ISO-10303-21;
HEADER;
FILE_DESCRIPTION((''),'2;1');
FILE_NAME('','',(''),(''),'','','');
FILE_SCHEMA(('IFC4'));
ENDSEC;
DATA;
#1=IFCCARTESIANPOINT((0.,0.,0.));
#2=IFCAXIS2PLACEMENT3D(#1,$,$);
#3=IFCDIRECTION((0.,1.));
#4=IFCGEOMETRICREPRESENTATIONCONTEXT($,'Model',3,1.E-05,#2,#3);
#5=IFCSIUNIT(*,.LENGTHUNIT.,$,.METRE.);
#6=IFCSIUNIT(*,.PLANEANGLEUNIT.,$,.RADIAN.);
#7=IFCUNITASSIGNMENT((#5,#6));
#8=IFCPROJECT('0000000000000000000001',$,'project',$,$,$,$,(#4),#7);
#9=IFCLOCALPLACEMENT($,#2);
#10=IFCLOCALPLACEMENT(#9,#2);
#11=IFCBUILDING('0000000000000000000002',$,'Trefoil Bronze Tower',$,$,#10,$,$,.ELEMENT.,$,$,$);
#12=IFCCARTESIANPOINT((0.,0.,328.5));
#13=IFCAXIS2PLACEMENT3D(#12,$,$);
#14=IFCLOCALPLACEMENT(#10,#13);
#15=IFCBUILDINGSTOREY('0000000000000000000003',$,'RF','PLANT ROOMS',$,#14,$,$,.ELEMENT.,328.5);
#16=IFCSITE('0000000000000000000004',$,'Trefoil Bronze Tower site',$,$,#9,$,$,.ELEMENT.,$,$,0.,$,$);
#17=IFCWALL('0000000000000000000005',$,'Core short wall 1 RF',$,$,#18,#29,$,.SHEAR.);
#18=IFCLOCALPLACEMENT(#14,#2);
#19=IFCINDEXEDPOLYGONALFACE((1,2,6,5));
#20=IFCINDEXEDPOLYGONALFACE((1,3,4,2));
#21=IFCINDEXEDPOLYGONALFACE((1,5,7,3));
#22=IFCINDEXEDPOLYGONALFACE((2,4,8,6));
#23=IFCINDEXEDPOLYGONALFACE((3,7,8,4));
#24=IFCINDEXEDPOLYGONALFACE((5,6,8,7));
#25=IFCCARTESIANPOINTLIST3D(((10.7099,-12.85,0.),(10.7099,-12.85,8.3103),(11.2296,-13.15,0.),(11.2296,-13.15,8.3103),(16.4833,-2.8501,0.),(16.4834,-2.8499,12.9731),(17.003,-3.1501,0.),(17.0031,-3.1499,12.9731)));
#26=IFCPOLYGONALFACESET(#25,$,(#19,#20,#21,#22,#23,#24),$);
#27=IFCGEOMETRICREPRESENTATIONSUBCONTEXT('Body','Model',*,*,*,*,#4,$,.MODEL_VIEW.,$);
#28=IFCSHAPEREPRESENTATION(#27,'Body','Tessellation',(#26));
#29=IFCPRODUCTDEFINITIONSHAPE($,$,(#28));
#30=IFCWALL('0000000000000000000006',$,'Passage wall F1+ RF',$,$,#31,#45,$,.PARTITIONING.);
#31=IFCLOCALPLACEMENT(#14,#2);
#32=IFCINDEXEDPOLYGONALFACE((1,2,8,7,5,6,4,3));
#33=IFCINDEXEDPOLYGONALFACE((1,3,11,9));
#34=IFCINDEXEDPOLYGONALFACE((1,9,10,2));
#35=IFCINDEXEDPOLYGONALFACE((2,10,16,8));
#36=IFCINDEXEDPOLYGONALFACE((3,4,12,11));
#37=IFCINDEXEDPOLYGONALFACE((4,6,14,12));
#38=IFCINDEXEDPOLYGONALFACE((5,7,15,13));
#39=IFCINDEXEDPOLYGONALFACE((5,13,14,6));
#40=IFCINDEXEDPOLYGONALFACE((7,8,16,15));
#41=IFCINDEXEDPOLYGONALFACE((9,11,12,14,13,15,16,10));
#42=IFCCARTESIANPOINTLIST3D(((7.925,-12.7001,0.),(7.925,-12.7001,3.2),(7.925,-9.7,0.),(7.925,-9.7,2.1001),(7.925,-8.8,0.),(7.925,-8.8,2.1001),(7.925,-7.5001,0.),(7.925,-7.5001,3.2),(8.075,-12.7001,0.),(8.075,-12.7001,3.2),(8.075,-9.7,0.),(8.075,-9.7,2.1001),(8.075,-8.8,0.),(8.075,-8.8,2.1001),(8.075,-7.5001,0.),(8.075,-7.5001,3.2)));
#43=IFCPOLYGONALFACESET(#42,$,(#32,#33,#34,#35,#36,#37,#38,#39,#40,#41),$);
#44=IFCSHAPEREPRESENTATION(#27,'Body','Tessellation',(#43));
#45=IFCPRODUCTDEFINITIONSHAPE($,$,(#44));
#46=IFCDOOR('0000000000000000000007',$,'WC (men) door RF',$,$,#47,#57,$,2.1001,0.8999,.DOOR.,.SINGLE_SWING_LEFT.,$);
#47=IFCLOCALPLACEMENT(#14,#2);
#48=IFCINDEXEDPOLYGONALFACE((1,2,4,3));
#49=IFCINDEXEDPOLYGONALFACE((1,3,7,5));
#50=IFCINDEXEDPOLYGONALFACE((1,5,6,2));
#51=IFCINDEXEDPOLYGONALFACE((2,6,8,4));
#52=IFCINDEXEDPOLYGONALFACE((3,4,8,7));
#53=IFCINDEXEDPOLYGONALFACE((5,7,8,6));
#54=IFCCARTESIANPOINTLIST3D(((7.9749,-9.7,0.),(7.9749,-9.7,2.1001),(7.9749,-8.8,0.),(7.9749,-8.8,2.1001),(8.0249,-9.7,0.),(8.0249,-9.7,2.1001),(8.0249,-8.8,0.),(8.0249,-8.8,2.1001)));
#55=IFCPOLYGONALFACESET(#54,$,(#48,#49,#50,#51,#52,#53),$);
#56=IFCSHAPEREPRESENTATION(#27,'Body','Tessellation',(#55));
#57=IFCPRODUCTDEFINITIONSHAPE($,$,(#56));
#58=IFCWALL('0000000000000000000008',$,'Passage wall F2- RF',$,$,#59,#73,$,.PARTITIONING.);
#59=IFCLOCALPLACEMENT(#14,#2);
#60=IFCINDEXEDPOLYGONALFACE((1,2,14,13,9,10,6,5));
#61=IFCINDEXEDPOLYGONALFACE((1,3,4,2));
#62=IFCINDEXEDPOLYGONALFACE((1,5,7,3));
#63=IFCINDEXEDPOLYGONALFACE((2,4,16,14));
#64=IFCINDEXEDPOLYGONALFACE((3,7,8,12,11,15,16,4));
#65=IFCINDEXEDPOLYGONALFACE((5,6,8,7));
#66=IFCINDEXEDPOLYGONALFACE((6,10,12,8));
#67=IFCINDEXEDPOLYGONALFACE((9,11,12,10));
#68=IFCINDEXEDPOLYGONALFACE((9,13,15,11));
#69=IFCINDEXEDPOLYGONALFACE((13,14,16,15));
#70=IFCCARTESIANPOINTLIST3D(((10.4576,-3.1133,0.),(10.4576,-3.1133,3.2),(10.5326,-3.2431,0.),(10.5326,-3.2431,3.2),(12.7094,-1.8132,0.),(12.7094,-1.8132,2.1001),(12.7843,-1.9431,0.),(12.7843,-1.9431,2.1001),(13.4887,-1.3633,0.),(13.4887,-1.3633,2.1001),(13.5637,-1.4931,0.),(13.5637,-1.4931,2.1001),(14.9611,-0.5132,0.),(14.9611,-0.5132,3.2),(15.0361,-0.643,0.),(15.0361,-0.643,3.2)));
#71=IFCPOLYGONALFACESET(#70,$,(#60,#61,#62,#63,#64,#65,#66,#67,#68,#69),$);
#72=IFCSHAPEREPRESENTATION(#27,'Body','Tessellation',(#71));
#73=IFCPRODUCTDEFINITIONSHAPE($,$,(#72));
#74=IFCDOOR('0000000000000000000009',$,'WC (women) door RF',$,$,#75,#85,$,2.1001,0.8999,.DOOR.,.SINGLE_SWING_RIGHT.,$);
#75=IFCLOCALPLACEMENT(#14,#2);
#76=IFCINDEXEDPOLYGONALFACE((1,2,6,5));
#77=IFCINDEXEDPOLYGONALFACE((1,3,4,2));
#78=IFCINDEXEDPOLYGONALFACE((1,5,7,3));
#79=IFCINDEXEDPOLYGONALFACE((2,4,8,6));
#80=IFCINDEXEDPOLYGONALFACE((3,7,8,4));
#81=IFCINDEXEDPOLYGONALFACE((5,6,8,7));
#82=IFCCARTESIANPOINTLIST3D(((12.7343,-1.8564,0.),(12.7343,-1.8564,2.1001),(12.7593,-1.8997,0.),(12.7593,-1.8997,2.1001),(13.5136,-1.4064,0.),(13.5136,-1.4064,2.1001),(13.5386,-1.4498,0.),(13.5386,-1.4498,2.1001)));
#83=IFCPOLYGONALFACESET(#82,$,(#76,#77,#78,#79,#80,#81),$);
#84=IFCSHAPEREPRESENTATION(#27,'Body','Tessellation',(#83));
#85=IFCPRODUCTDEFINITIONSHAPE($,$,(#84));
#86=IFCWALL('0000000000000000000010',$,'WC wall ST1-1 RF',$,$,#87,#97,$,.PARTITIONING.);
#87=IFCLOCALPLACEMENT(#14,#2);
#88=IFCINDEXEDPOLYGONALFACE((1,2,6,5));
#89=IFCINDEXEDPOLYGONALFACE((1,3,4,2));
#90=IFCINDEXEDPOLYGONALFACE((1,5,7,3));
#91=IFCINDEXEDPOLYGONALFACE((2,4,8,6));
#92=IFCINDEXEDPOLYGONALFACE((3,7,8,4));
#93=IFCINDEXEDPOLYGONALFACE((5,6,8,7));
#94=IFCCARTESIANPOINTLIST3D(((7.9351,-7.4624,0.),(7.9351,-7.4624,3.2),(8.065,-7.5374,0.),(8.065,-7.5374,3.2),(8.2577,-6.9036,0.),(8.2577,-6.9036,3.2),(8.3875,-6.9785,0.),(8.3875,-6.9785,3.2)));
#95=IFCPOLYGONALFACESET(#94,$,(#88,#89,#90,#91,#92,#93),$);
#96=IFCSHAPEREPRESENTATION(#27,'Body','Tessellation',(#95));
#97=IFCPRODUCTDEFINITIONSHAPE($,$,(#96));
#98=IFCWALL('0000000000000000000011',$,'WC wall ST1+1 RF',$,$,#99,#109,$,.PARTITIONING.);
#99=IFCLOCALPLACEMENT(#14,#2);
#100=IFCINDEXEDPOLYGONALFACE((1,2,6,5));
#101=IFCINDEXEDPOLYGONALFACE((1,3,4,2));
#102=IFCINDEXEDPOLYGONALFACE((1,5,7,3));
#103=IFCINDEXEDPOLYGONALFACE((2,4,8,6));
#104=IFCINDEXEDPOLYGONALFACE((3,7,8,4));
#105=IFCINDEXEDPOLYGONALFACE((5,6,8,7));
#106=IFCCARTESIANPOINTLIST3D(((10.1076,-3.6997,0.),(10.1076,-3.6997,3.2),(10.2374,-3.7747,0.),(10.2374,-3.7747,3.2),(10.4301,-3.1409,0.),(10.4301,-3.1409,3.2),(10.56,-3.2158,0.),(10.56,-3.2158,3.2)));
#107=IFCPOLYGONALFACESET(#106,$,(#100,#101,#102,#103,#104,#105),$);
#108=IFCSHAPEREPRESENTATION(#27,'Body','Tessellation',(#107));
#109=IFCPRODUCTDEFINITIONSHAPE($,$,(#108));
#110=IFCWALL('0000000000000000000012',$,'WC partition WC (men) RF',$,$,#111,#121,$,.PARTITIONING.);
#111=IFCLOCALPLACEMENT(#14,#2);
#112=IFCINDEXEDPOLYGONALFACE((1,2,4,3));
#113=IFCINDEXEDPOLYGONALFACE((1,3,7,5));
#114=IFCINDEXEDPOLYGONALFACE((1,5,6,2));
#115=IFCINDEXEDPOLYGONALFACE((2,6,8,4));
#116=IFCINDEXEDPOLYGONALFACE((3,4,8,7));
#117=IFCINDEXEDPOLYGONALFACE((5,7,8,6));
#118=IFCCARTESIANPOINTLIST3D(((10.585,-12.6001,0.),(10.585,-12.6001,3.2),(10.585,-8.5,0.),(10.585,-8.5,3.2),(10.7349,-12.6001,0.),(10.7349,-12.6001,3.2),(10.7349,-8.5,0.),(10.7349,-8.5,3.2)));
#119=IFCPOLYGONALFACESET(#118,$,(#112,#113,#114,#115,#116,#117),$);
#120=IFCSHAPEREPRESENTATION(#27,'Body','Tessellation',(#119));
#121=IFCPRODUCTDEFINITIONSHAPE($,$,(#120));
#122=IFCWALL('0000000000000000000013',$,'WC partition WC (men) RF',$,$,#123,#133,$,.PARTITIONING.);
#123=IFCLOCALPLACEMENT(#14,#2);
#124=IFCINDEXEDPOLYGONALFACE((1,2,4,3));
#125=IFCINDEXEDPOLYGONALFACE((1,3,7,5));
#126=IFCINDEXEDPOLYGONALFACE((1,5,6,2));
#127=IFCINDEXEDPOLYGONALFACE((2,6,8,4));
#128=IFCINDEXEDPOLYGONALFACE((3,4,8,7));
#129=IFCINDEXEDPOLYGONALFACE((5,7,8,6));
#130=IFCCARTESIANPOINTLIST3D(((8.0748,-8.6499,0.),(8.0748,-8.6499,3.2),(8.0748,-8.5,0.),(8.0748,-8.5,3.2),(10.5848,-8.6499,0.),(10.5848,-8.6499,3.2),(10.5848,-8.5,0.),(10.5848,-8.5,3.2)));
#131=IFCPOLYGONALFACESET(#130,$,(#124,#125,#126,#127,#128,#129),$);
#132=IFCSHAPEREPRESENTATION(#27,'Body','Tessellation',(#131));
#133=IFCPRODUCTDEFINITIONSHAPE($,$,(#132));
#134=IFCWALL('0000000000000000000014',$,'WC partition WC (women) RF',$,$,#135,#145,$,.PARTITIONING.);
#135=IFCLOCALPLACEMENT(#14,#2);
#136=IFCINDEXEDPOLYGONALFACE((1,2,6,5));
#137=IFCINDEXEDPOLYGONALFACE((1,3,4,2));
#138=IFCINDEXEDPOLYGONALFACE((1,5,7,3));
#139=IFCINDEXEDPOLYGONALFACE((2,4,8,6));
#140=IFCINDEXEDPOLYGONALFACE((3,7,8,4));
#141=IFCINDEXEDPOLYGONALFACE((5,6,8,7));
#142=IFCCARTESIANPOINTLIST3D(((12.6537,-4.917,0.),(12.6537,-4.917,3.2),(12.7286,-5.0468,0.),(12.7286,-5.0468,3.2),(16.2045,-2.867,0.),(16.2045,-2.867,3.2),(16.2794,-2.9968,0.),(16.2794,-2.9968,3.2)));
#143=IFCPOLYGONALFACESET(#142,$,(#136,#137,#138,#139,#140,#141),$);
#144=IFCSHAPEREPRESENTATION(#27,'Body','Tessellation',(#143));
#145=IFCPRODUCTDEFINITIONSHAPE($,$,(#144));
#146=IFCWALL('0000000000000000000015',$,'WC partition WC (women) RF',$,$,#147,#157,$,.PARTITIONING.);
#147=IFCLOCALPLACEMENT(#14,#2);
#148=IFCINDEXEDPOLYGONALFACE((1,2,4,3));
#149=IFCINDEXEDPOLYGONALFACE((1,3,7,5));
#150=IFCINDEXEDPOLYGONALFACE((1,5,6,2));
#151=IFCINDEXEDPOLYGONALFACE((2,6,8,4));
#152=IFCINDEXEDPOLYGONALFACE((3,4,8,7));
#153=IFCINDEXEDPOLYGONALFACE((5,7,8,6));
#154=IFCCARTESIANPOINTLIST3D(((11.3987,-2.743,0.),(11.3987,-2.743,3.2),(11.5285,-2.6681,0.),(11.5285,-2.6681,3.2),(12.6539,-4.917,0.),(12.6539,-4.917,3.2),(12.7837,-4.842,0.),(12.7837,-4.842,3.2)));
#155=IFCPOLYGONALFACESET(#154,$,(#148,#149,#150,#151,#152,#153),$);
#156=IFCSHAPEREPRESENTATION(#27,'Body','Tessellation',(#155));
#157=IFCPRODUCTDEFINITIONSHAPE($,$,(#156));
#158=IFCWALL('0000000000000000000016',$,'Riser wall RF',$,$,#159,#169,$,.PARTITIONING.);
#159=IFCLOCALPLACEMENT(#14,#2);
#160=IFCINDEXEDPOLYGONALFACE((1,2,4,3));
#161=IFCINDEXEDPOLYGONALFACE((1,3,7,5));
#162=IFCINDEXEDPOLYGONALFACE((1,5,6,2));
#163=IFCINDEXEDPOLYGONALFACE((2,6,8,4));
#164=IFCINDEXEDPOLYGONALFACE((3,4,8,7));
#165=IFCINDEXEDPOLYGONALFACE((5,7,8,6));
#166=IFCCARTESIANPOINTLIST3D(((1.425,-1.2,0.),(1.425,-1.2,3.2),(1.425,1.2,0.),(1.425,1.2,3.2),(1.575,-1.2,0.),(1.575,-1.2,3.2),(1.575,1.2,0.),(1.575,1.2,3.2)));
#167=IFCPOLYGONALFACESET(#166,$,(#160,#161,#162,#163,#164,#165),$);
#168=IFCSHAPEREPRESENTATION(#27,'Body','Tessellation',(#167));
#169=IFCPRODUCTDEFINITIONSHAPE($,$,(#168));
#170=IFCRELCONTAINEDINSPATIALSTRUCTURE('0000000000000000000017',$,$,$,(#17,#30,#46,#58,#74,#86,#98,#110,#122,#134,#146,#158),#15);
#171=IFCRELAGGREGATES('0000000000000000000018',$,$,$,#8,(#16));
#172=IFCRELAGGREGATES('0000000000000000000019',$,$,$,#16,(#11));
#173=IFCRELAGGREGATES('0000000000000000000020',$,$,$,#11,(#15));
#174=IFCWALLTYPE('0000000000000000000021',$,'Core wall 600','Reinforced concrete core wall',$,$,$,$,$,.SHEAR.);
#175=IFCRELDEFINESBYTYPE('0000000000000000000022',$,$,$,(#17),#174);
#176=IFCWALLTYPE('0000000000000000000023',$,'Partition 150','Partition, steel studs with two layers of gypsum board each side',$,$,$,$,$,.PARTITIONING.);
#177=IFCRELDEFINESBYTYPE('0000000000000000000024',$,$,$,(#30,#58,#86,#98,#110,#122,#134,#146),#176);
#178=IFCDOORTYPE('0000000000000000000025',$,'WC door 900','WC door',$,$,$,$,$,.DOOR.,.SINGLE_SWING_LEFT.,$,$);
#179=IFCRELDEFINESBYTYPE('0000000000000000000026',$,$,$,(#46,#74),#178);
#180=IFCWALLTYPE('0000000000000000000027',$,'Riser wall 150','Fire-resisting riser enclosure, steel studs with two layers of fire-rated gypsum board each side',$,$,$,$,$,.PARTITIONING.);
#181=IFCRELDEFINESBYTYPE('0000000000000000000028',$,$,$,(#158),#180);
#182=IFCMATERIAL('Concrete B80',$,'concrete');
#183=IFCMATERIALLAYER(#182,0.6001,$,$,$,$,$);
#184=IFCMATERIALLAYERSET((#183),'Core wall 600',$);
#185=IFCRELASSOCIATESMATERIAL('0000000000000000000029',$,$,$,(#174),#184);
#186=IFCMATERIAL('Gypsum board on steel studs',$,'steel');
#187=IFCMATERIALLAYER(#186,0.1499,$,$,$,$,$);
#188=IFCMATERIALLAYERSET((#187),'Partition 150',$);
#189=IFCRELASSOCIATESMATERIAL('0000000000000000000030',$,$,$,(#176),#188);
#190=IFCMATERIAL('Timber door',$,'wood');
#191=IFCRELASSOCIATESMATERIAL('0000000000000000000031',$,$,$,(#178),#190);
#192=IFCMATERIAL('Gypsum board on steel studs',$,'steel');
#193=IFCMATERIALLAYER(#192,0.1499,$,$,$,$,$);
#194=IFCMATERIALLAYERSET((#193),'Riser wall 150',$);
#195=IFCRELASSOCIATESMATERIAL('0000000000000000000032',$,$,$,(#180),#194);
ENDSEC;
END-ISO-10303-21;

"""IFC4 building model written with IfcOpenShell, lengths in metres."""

from ifc_helpers import new_model, si_unit, direction, frame, frame_2d, origin, place, context, subcontext, project, spatial, polyline, rectangle, outline, extrude, material, layer, layer_set, type_object, element, fill, save


model = new_model("IFC4")

# Units and contexts
model_context = context("Model", 3, precision=1e-05, world=origin(), true_north=direction((0.0, 1.0)))
body_context = subcontext(model_context, "Body", "Model", "MODEL_VIEW")
ifc_project = project(units=[si_unit("LENGTHUNIT", "METRE"), si_unit("PLANEANGLEUNIT", "RADIAN")], contexts=[model_context])

# Site, building, storey
site_placement = place(None, origin())
site = spatial("IfcSite", under=ifc_project, at=site_placement, Name="Trefoil Bronze Tower site", CompositionType="ELEMENT", RefElevation=0.0)
building_placement = place(site_placement, origin())
building = spatial("IfcBuilding", under=site, at=building_placement, Name="Trefoil Bronze Tower", CompositionType="ELEMENT")
storey_placement = place(building_placement, frame((0.0, 0.0, 328.5)))
storey = spatial("IfcBuildingStorey", under=building, at=storey_placement, Name="RF", Description="PLANT ROOMS", CompositionType="ELEMENT", Elevation=328.5)

# Wall
ifc_material_1 = material(Name="Concrete B80", Category="concrete")
ifc_layer_1 = layer(ifc_material_1, 0.6001)
ifc_layer_set_1 = layer_set([ifc_layer_1], Name="Core wall 600")
wall_type_1 = type_object("IfcWallType", Name="Core wall 600", Description="Reinforced concrete core wall", PredefinedType="SHEAR", material=ifc_layer_set_1)
wall_1_placement = place(storey_placement, frame((10.9697, -13.0, 0.0), z_axis=(0.0, 0.0, 1.0), x_axis=(0.499996, 0.866028, 0.0)))
element("IfcWall", 1, at=wall_1_placement, inside=storey, type_object=wall_type_1, Name="Core short wall 1 RF", PredefinedType="SHEAR", context=body_context, shape_type="SweptSolid", body=[
    extrude(outline(polyline([(0.0, 0.0), (11.5469, 0.0), (11.5471, 12.9731), (0.0, 8.3103), (0.0, 0.0)])), frame((0.0, 0.3, 0.0), z_axis=(0.0, -1.0, 0.0), x_axis=(1.0, 0.0, 0.0)), (0.0, 0.0, 1.0), 0.6001),
])

# Walls, openings, doors
ifc_material_2 = material(Name="Gypsum board on steel studs", Category="steel")
ifc_layer_2 = layer(ifc_material_2, 0.1499)
ifc_layer_set_2 = layer_set([ifc_layer_2], Name="Partition 150")
wall_type_2 = type_object("IfcWallType", Name="Partition 150", Description="Partition, steel studs with two layers of gypsum board each side", PredefinedType="PARTITIONING", material=ifc_layer_set_2)
wall_2_placement = place(storey_placement, frame((8.0, -7.5, 0.0), z_axis=(0.0, 0.0, 1.0), x_axis=(0.0, -1.0, 0.0)))
wall_2 = element("IfcWall", 2, at=wall_2_placement, inside=storey, type_object=wall_type_2, Name="Passage wall F1+ RF", PredefinedType="PARTITIONING", context=body_context, shape_type="SweptSolid", body=[
    extrude(rectangle(XDim=5.2, YDim=0.1499, at=frame_2d((2.6001, 0.0))), origin(), (0.0, 0.0, 1.0), 3.2),
])
opening_1_placement = place(wall_2_placement, frame((1.3, 0.0, 0.0)))
opening_1 = element("IfcOpeningElement", 3, at=opening_1_placement, cuts=wall_2, PredefinedType="OPENING", context=body_context, shape_type="SweptSolid", body=[
    extrude(rectangle(XDim=0.8999, YDim=2.1001, at=frame_2d((0.45, 1.05))), frame((0.0, 0.085, 0.0), z_axis=(0.0, -1.0, 0.0), x_axis=(1.0, 0.0, 0.0)), (0.0, 0.0, 1.0), 0.1699),
])
ifc_material_3 = material(Name="Timber door", Category="wood")
door_type_1 = type_object("IfcDoorType", Name="WC door 900", Description="WC door", OperationType="SINGLE_SWING_LEFT", PredefinedType="DOOR", material=ifc_material_3)
door_1_placement = place(opening_1_placement, origin())
door_1 = element("IfcDoor", 4, at=door_1_placement, inside=storey, type_object=door_type_1, Name="WC (men) door RF", OperationType="SINGLE_SWING_LEFT", OverallHeight=2.1001, OverallWidth=0.8999, PredefinedType="DOOR", context=body_context, shape_type="SweptSolid", body=[
    extrude(rectangle(XDim=0.8999, YDim=2.1001, at=frame_2d((0.45, 1.05))), frame((0.0, 0.0249, 0.0), z_axis=(0.0, -1.0, 0.0), x_axis=(1.0, 0.0, 0.0)), (0.0, 0.0, 1.0), 0.05),
])
fill(opening_1, door_1)
wall_3_placement = place(storey_placement, frame((10.4951, -3.1782, 0.0), z_axis=(0.0, 0.0, 1.0), x_axis=(0.866021, 0.500007, 0.0)))
wall_3 = element("IfcWall", 5, at=wall_3_placement, inside=storey, type_object=wall_type_2, Name="Passage wall F2- RF", PredefinedType="PARTITIONING", context=body_context, shape_type="SweptSolid", body=[
    extrude(rectangle(XDim=5.2002, YDim=0.1499, at=frame_2d((2.6001, 0.0))), origin(), (0.0, 0.0, 1.0), 3.2),
])
opening_2_placement = place(wall_3_placement, frame((2.6001, 0.0, 0.0)))
opening_2 = element("IfcOpeningElement", 6, at=opening_2_placement, cuts=wall_3, PredefinedType="OPENING", context=body_context, shape_type="SweptSolid", body=[
    extrude(rectangle(XDim=0.8999, YDim=2.1001, at=frame_2d((0.45, 1.05))), frame((0.0, 0.085, 0.0), z_axis=(0.0, -1.0, 0.0), x_axis=(1.0, 0.0, 0.0)), (0.0, 0.0, 1.0), 0.1699),
])
door_2_placement = place(opening_2_placement, frame((0.8999, 0.0, 0.0), z_axis=(0.0, 0.0, 1.0), x_axis=(-1.0, 0.0, 0.0)))
door_2 = element("IfcDoor", 7, at=door_2_placement, inside=storey, type_object=door_type_1, Name="WC (women) door RF", OperationType="SINGLE_SWING_RIGHT", OverallHeight=2.1001, OverallWidth=0.8999, PredefinedType="DOOR", context=body_context, shape_type="SweptSolid", body=[
    extrude(rectangle(XDim=0.8999, YDim=2.1001, at=frame_2d((0.45, 1.05))), frame((0.0, 0.0249, 0.0), z_axis=(0.0, -1.0, 0.0), x_axis=(1.0, 0.0, 0.0)), (0.0, 0.0, 1.0), 0.05),
])
fill(opening_2, door_2)

# Walls
for number, where, z_axis, x_axis, name in (
    (8, (8.0, -7.5, 0.0), (0.0, 0.0, 1.0), (0.499843, 0.866116, 0.0), "WC wall ST1-1 RF"),
    (9, (10.4951, -3.1782, 0.0), (0.0, 0.0, 1.0), (-0.499843, -0.866116, 0.0), "WC wall ST1+1 RF"),
):
    element("IfcWall", number, at=place(storey_placement, frame(where, z_axis=z_axis, x_axis=x_axis)), inside=storey, type_object=wall_type_2, Name=name, PredefinedType="PARTITIONING", context=body_context, shape_type="SweptSolid", body=[
        extrude(rectangle(XDim=0.6453, YDim=0.1499, at=frame_2d((0.3228, 0.0))), origin(), (0.0, 0.0, 1.0), 3.2),
    ])
wall_4_placement = place(storey_placement, frame((10.6599, -8.5, 0.0), z_axis=(0.0, 0.0, 1.0), x_axis=(0.0, -1.0, 0.0)))
element("IfcWall", 10, at=wall_4_placement, inside=storey, type_object=wall_type_2, Name="WC partition WC (men) RF", PredefinedType="PARTITIONING", context=body_context, shape_type="SweptSolid", body=[
    extrude(rectangle(XDim=4.1001, YDim=0.1499, at=frame_2d((2.05, 0.0))), origin(), (0.0, 0.0, 1.0), 3.2),
])
wall_5_placement = place(storey_placement, frame((8.075, -8.575, 0.0), z_axis=(0.0, 0.0, 1.0), x_axis=(1.0, 0.0, 0.0)))
element("IfcWall", 11, at=wall_5_placement, inside=storey, type_object=wall_type_2, Name="WC partition WC (men) RF", PredefinedType="PARTITIONING", context=body_context, shape_type="SweptSolid", body=[
    extrude(rectangle(XDim=2.51, YDim=0.1499, at=frame_2d((1.2549, 0.0))), origin(), (0.0, 0.0, 1.0), 3.2),
])
wall_6_placement = place(storey_placement, frame((12.6912, -4.9819, 0.0), z_axis=(0.0, 0.0, 1.0), x_axis=(0.866025, 0.500001, 0.0)))
element("IfcWall", 12, at=wall_6_placement, inside=storey, type_object=wall_type_2, Name="WC partition WC (women) RF", PredefinedType="PARTITIONING", context=body_context, shape_type="SweptSolid", body=[
    extrude(rectangle(XDim=4.1001, YDim=0.1499, at=frame_2d((2.05, 0.0))), origin(), (0.0, 0.0, 1.0), 3.2),
])
wall_7_placement = place(storey_placement, frame((11.4636, -2.7056, 0.0), z_axis=(0.0, 0.0, 1.0), x_axis=(0.50002, -0.866014, 0.0)))
element("IfcWall", 13, at=wall_7_placement, inside=storey, type_object=wall_type_2, Name="WC partition WC (women) RF", PredefinedType="PARTITIONING", context=body_context, shape_type="SweptSolid", body=[
    extrude(rectangle(XDim=2.5103, YDim=0.1499, at=frame_2d((1.2551, 0.0))), origin(), (0.0, 0.0, 1.0), 3.2),
])
ifc_material_4 = material(Name="Gypsum board on steel studs", Category="steel")
ifc_layer_3 = layer(ifc_material_4, 0.1499)
ifc_layer_set_3 = layer_set([ifc_layer_3], Name="Riser wall 150")
wall_type_3 = type_object("IfcWallType", Name="Riser wall 150", Description="Fire-resisting riser enclosure, steel studs with two layers of fire-rated gypsum board each side", PredefinedType="PARTITIONING", material=ifc_layer_set_3)
wall_8_placement = place(storey_placement, frame((1.5, -1.2, 0.0), z_axis=(0.0, 0.0, 1.0), x_axis=(0.0, 1.0, 0.0)))
element("IfcWall", 14, at=wall_8_placement, inside=storey, type_object=wall_type_3, Name="Riser wall RF", PredefinedType="PARTITIONING", context=body_context, shape_type="SweptSolid", body=[
    extrude(rectangle(XDim=2.3999, YDim=0.1499, at=frame_2d((1.2, 0.0))), origin(), (0.0, 0.0, 1.0), 3.2),
])

save(model, "model.ifc")
